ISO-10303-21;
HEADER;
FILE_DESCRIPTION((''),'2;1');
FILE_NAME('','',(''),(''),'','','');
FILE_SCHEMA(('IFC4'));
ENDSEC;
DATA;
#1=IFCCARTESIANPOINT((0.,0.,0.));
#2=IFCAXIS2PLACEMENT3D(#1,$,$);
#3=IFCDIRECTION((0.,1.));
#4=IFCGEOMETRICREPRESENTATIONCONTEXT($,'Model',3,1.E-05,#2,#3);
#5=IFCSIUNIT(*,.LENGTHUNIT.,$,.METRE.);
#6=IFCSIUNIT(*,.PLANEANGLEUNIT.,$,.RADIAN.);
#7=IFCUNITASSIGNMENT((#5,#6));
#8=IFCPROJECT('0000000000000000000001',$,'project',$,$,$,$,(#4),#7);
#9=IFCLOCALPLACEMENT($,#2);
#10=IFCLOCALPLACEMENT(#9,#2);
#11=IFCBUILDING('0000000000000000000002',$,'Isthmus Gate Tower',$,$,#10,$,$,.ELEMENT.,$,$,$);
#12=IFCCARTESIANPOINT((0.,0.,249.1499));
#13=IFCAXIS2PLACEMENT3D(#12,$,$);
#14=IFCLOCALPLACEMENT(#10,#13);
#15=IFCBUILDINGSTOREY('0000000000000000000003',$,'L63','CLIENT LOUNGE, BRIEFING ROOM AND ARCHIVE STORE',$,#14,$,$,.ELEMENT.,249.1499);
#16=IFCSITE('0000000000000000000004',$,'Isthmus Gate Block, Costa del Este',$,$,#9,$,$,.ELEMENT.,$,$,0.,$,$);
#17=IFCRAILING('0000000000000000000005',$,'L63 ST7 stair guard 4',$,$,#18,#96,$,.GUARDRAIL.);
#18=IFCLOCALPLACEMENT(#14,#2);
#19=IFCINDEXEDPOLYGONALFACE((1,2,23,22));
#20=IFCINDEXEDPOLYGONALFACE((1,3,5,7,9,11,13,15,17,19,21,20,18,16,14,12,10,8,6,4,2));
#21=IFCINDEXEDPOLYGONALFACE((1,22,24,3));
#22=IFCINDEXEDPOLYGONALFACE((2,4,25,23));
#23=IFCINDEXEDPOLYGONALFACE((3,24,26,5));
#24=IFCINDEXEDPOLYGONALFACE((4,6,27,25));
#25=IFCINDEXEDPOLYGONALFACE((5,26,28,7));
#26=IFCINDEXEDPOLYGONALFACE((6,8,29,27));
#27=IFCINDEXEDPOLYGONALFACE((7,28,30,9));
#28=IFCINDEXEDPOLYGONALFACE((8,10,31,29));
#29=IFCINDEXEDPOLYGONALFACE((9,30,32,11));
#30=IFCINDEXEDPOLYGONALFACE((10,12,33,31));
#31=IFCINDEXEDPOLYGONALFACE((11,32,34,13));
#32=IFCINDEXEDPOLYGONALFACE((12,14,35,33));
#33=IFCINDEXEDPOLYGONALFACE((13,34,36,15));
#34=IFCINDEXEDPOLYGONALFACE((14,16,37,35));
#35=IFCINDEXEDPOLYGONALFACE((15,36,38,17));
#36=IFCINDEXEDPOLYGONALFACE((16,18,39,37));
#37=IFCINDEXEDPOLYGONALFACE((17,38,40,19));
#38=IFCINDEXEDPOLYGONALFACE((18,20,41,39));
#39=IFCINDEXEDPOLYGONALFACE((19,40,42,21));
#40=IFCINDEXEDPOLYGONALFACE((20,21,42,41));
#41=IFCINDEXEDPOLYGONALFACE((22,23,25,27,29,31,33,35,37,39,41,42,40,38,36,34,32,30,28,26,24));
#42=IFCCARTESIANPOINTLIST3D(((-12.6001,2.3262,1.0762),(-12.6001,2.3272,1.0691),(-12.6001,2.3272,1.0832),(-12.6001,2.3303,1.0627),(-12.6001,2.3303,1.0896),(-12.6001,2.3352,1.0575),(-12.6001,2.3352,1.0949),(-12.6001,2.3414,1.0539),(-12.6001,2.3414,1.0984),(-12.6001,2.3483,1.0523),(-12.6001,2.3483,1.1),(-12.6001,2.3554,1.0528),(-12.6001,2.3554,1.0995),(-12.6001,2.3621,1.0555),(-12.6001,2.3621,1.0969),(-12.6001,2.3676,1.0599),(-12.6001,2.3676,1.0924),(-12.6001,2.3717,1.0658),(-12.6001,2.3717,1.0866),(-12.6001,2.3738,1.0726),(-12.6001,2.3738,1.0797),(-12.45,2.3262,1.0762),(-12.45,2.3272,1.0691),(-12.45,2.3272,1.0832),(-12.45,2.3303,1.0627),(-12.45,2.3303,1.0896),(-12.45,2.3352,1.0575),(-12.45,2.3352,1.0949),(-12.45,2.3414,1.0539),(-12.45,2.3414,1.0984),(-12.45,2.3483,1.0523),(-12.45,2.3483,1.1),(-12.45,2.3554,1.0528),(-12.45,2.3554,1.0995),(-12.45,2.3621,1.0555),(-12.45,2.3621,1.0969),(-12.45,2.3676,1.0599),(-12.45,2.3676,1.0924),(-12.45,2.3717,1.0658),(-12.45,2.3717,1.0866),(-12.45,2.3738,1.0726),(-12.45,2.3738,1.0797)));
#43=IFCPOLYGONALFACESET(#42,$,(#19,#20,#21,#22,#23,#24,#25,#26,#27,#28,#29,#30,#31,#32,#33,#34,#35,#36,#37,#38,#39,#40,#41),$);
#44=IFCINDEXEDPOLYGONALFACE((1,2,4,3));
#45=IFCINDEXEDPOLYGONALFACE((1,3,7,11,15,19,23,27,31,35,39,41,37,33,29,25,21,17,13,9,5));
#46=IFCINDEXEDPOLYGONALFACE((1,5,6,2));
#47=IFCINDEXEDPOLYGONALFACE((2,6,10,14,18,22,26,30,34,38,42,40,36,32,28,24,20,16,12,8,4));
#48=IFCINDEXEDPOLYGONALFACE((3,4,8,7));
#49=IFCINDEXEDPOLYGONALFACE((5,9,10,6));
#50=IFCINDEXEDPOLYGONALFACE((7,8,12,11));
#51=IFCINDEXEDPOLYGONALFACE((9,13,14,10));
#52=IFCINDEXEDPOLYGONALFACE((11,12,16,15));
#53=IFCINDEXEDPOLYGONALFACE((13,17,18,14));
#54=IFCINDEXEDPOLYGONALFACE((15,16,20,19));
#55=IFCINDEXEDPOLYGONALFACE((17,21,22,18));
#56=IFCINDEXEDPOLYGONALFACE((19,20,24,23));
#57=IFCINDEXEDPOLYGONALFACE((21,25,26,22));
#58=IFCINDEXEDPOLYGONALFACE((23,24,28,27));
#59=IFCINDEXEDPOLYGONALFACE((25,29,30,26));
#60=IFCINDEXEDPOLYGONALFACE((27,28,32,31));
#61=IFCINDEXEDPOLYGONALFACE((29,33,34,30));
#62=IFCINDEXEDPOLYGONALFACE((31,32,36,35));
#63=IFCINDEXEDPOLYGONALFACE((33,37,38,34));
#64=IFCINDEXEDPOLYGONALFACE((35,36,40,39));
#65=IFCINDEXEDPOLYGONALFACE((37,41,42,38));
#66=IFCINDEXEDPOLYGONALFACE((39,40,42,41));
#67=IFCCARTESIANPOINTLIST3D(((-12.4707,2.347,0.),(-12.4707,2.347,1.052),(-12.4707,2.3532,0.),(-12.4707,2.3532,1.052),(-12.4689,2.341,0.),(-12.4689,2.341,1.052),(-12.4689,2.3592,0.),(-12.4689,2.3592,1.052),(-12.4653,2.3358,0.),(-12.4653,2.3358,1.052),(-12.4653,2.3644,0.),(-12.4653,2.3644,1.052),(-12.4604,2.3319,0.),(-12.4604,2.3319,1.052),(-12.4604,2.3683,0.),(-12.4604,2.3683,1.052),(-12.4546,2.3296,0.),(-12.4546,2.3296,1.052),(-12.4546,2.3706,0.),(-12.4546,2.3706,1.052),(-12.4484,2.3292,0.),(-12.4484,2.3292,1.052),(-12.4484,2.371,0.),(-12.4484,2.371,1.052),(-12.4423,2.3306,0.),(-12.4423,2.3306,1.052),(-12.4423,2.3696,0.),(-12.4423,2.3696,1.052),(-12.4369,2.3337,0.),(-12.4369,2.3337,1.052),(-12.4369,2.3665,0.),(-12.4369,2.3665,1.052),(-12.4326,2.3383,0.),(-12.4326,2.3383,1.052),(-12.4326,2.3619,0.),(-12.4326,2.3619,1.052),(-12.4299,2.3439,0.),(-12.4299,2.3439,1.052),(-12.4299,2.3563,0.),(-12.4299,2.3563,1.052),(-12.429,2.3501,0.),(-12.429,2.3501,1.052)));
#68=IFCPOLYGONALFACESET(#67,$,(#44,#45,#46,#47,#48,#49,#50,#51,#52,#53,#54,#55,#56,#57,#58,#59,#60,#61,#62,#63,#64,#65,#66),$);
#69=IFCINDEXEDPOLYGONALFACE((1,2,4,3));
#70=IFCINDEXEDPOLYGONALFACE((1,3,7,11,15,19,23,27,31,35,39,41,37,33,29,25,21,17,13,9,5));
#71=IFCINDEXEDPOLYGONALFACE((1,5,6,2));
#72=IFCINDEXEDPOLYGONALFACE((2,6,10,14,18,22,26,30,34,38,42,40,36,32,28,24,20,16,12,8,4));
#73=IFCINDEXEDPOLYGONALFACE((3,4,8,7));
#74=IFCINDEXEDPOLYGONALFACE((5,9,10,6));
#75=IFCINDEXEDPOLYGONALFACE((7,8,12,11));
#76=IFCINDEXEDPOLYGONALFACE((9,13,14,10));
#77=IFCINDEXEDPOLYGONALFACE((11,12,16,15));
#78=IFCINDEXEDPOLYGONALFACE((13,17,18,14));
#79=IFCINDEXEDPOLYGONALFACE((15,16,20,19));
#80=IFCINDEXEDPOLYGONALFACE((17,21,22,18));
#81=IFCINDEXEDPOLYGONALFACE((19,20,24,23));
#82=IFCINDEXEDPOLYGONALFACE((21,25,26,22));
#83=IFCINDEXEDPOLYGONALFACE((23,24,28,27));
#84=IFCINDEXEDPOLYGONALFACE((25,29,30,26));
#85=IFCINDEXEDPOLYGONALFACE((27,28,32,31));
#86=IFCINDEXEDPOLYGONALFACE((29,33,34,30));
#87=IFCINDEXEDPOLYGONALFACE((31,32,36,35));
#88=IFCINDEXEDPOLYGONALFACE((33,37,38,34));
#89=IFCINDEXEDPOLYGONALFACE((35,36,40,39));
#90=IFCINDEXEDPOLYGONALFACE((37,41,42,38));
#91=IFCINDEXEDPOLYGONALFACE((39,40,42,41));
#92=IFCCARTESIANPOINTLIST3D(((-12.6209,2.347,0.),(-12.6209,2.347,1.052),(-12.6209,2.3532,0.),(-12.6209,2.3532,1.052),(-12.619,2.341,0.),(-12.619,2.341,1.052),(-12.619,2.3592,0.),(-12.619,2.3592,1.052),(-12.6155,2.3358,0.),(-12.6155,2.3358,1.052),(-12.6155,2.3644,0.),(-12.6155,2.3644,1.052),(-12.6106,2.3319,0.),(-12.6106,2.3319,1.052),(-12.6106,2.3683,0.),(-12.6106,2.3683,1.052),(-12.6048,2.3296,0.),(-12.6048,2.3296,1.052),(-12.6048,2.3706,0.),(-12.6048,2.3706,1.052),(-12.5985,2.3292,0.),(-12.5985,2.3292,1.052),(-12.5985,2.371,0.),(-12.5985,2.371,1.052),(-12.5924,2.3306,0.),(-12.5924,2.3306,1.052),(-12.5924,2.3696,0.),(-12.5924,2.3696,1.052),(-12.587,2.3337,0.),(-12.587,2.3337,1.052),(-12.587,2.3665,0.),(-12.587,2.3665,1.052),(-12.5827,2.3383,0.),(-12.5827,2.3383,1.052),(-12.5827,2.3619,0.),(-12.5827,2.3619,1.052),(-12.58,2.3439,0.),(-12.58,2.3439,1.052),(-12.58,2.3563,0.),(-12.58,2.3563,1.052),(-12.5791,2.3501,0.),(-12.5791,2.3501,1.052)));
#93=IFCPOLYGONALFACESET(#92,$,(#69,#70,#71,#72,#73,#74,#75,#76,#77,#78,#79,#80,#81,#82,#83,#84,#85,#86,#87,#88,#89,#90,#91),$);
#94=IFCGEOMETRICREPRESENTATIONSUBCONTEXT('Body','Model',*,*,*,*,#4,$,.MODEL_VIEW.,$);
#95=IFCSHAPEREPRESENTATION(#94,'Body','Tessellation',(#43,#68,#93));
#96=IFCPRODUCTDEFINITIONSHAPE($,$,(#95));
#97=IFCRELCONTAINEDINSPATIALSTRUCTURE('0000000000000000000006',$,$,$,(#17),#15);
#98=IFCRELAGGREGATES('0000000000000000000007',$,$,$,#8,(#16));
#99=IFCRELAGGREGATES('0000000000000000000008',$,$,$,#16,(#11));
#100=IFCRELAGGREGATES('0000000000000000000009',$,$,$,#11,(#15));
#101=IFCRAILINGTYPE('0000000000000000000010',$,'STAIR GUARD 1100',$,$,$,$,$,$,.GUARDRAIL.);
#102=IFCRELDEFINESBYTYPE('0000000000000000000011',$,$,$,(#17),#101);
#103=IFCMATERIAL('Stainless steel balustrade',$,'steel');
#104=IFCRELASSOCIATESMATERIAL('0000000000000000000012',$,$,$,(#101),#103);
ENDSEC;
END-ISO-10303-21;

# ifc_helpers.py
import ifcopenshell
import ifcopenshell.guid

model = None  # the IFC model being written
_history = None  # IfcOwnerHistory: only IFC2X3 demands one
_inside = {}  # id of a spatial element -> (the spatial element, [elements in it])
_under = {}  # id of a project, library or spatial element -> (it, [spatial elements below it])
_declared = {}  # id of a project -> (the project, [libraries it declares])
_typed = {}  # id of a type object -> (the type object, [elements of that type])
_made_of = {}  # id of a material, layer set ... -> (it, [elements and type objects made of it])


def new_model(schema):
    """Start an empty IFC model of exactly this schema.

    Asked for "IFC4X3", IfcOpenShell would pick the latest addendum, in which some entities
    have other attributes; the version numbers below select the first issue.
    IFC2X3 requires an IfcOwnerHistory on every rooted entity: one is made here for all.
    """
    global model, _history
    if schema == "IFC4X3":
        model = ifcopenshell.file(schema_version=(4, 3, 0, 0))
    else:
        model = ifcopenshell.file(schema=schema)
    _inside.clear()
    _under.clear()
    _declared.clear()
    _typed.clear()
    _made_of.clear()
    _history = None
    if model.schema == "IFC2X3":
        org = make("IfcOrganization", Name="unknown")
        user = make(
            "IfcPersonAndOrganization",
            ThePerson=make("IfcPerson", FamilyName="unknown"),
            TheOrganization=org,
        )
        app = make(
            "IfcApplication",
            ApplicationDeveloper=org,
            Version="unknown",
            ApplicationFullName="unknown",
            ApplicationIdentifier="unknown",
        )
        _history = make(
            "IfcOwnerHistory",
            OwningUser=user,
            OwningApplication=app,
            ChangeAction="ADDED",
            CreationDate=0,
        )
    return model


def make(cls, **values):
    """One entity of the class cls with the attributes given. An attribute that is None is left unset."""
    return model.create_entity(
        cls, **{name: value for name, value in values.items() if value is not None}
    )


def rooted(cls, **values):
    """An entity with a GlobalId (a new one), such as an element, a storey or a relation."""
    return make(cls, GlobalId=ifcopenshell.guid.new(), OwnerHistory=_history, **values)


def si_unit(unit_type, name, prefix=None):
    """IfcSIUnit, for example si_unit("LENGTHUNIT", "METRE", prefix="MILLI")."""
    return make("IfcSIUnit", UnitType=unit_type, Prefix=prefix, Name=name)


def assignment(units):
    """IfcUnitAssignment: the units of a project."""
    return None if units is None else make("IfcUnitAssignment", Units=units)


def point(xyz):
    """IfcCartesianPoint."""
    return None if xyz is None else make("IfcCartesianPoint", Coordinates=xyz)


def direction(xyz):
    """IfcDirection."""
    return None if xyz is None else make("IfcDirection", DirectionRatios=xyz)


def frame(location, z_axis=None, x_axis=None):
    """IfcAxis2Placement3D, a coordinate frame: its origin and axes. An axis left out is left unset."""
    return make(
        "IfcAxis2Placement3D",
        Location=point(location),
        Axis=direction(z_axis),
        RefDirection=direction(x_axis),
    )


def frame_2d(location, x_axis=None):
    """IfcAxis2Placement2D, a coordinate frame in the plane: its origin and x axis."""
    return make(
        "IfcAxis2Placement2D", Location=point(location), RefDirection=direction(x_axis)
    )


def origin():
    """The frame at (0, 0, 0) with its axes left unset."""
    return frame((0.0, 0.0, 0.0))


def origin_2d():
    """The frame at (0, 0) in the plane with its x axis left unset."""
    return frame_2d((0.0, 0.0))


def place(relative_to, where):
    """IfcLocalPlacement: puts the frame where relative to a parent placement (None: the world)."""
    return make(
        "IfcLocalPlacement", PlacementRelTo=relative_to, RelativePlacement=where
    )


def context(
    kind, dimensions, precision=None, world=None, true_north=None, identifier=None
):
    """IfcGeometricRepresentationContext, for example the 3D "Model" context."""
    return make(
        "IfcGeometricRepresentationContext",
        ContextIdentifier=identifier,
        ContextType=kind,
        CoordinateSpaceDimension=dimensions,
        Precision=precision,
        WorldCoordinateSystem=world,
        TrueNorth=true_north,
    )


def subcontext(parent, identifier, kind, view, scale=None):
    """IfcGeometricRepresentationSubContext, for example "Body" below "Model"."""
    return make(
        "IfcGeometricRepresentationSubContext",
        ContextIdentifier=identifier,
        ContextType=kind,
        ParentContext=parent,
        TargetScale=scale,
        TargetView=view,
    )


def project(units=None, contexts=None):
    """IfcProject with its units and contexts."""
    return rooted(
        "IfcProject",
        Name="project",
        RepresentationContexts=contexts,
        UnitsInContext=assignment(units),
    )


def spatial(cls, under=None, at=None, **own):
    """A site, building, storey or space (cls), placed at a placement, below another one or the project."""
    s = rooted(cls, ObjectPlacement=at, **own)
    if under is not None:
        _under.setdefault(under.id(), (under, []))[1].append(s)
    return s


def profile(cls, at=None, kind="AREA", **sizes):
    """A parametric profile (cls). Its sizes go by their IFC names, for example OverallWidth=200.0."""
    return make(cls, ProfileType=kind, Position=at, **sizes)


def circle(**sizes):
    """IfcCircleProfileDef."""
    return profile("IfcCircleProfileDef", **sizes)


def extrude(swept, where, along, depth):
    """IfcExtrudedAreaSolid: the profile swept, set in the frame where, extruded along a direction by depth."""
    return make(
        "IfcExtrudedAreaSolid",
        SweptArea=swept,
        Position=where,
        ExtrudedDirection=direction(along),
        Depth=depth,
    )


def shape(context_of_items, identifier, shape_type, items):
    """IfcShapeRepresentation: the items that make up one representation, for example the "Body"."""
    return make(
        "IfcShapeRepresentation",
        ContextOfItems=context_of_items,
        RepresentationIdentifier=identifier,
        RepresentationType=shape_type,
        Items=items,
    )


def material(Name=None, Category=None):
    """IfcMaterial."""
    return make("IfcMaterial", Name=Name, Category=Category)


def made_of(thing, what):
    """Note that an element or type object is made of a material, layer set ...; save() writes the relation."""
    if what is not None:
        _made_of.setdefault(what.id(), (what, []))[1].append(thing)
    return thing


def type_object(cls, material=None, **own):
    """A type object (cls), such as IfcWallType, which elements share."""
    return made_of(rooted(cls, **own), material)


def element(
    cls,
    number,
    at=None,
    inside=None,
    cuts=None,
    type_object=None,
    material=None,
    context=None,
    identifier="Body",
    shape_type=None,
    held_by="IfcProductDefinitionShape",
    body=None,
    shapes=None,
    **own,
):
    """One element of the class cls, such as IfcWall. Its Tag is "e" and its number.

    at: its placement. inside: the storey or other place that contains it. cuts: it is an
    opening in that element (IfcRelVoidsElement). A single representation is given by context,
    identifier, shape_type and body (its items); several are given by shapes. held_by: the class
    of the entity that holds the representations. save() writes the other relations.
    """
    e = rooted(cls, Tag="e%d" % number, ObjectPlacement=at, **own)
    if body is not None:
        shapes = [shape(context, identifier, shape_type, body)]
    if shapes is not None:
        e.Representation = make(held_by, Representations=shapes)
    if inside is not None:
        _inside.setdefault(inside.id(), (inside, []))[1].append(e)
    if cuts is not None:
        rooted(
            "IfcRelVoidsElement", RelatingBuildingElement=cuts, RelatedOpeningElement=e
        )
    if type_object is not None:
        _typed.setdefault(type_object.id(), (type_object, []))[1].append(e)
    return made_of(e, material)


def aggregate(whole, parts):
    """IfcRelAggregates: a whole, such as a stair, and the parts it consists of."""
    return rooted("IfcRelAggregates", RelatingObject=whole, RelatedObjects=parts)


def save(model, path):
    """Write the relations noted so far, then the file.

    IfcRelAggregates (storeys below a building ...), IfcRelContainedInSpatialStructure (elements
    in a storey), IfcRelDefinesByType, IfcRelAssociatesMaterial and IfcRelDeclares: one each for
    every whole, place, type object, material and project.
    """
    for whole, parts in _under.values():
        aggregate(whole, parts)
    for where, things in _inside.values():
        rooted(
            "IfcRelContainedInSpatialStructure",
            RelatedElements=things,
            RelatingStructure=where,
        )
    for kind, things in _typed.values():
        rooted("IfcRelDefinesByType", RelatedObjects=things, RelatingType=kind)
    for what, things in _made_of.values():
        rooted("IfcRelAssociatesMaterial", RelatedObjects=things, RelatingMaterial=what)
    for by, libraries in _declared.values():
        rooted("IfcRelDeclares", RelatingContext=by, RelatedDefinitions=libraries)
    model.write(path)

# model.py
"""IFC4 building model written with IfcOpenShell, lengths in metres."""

from ifc_helpers import new_model, si_unit, direction, frame, origin, origin_2d, place, context, subcontext, project, spatial, circle, extrude, material, type_object, element, save


model = new_model("IFC4")

# Units and contexts
model_context = context("Model", 3, precision=1e-05, world=origin(), true_north=direction((0.0, 1.0)))
body_context = subcontext(model_context, "Body", "Model", "MODEL_VIEW")
ifc_project = project(units=[si_unit("LENGTHUNIT", "METRE"), si_unit("PLANEANGLEUNIT", "RADIAN")], contexts=[model_context])

# Site, building, storey
site_placement = place(None, origin())
site = spatial("IfcSite", under=ifc_project, at=site_placement, Name="Isthmus Gate Block, Costa del Este", CompositionType="ELEMENT", RefElevation=0.0)
building_placement = place(site_placement, origin())
building = spatial("IfcBuilding", under=site, at=building_placement, Name="Isthmus Gate Tower", CompositionType="ELEMENT")
storey_placement = place(building_placement, frame((0.0, 0.0, 249.1499)))
storey = spatial("IfcBuildingStorey", under=building, at=storey_placement, Name="L63", Description="CLIENT LOUNGE, BRIEFING ROOM AND ARCHIVE STORE", CompositionType="ELEMENT", Elevation=249.1499)

# Railing
ifc_material_1 = material(Name="Stainless steel balustrade", Category="steel")
railing_type_1 = type_object("IfcRailingType", Name="STAIR GUARD 1100", PredefinedType="GUARDRAIL", material=ifc_material_1)
railing_1_placement = place(storey_placement, frame((-12.45, 2.3501, 0.0)))
element("IfcRailing", 1, at=railing_1_placement, inside=storey, type_object=railing_type_1, Name="L63 ST7 stair guard 4", PredefinedType="GUARDRAIL", context=body_context, shape_type="SweptSolid", body=[
    extrude(circle(Radius=0.0239, at=origin_2d()), frame((0.0, 0.0, 1.0762), z_axis=(-1.0, 0.0, 0.0), x_axis=(0.0, -1.0, 0.0)), (0.0, 0.0, 1.0), 0.1501),
    extrude(circle(Radius=0.021, at=origin_2d()), origin(), (0.0, 0.0, 1.0), 1.052),
    extrude(circle(Radius=0.021, at=origin_2d()), frame((-0.1501, 0.0, 0.0)), (0.0, 0.0, 1.0), 1.052),
])

save(model, "model.ifc")
